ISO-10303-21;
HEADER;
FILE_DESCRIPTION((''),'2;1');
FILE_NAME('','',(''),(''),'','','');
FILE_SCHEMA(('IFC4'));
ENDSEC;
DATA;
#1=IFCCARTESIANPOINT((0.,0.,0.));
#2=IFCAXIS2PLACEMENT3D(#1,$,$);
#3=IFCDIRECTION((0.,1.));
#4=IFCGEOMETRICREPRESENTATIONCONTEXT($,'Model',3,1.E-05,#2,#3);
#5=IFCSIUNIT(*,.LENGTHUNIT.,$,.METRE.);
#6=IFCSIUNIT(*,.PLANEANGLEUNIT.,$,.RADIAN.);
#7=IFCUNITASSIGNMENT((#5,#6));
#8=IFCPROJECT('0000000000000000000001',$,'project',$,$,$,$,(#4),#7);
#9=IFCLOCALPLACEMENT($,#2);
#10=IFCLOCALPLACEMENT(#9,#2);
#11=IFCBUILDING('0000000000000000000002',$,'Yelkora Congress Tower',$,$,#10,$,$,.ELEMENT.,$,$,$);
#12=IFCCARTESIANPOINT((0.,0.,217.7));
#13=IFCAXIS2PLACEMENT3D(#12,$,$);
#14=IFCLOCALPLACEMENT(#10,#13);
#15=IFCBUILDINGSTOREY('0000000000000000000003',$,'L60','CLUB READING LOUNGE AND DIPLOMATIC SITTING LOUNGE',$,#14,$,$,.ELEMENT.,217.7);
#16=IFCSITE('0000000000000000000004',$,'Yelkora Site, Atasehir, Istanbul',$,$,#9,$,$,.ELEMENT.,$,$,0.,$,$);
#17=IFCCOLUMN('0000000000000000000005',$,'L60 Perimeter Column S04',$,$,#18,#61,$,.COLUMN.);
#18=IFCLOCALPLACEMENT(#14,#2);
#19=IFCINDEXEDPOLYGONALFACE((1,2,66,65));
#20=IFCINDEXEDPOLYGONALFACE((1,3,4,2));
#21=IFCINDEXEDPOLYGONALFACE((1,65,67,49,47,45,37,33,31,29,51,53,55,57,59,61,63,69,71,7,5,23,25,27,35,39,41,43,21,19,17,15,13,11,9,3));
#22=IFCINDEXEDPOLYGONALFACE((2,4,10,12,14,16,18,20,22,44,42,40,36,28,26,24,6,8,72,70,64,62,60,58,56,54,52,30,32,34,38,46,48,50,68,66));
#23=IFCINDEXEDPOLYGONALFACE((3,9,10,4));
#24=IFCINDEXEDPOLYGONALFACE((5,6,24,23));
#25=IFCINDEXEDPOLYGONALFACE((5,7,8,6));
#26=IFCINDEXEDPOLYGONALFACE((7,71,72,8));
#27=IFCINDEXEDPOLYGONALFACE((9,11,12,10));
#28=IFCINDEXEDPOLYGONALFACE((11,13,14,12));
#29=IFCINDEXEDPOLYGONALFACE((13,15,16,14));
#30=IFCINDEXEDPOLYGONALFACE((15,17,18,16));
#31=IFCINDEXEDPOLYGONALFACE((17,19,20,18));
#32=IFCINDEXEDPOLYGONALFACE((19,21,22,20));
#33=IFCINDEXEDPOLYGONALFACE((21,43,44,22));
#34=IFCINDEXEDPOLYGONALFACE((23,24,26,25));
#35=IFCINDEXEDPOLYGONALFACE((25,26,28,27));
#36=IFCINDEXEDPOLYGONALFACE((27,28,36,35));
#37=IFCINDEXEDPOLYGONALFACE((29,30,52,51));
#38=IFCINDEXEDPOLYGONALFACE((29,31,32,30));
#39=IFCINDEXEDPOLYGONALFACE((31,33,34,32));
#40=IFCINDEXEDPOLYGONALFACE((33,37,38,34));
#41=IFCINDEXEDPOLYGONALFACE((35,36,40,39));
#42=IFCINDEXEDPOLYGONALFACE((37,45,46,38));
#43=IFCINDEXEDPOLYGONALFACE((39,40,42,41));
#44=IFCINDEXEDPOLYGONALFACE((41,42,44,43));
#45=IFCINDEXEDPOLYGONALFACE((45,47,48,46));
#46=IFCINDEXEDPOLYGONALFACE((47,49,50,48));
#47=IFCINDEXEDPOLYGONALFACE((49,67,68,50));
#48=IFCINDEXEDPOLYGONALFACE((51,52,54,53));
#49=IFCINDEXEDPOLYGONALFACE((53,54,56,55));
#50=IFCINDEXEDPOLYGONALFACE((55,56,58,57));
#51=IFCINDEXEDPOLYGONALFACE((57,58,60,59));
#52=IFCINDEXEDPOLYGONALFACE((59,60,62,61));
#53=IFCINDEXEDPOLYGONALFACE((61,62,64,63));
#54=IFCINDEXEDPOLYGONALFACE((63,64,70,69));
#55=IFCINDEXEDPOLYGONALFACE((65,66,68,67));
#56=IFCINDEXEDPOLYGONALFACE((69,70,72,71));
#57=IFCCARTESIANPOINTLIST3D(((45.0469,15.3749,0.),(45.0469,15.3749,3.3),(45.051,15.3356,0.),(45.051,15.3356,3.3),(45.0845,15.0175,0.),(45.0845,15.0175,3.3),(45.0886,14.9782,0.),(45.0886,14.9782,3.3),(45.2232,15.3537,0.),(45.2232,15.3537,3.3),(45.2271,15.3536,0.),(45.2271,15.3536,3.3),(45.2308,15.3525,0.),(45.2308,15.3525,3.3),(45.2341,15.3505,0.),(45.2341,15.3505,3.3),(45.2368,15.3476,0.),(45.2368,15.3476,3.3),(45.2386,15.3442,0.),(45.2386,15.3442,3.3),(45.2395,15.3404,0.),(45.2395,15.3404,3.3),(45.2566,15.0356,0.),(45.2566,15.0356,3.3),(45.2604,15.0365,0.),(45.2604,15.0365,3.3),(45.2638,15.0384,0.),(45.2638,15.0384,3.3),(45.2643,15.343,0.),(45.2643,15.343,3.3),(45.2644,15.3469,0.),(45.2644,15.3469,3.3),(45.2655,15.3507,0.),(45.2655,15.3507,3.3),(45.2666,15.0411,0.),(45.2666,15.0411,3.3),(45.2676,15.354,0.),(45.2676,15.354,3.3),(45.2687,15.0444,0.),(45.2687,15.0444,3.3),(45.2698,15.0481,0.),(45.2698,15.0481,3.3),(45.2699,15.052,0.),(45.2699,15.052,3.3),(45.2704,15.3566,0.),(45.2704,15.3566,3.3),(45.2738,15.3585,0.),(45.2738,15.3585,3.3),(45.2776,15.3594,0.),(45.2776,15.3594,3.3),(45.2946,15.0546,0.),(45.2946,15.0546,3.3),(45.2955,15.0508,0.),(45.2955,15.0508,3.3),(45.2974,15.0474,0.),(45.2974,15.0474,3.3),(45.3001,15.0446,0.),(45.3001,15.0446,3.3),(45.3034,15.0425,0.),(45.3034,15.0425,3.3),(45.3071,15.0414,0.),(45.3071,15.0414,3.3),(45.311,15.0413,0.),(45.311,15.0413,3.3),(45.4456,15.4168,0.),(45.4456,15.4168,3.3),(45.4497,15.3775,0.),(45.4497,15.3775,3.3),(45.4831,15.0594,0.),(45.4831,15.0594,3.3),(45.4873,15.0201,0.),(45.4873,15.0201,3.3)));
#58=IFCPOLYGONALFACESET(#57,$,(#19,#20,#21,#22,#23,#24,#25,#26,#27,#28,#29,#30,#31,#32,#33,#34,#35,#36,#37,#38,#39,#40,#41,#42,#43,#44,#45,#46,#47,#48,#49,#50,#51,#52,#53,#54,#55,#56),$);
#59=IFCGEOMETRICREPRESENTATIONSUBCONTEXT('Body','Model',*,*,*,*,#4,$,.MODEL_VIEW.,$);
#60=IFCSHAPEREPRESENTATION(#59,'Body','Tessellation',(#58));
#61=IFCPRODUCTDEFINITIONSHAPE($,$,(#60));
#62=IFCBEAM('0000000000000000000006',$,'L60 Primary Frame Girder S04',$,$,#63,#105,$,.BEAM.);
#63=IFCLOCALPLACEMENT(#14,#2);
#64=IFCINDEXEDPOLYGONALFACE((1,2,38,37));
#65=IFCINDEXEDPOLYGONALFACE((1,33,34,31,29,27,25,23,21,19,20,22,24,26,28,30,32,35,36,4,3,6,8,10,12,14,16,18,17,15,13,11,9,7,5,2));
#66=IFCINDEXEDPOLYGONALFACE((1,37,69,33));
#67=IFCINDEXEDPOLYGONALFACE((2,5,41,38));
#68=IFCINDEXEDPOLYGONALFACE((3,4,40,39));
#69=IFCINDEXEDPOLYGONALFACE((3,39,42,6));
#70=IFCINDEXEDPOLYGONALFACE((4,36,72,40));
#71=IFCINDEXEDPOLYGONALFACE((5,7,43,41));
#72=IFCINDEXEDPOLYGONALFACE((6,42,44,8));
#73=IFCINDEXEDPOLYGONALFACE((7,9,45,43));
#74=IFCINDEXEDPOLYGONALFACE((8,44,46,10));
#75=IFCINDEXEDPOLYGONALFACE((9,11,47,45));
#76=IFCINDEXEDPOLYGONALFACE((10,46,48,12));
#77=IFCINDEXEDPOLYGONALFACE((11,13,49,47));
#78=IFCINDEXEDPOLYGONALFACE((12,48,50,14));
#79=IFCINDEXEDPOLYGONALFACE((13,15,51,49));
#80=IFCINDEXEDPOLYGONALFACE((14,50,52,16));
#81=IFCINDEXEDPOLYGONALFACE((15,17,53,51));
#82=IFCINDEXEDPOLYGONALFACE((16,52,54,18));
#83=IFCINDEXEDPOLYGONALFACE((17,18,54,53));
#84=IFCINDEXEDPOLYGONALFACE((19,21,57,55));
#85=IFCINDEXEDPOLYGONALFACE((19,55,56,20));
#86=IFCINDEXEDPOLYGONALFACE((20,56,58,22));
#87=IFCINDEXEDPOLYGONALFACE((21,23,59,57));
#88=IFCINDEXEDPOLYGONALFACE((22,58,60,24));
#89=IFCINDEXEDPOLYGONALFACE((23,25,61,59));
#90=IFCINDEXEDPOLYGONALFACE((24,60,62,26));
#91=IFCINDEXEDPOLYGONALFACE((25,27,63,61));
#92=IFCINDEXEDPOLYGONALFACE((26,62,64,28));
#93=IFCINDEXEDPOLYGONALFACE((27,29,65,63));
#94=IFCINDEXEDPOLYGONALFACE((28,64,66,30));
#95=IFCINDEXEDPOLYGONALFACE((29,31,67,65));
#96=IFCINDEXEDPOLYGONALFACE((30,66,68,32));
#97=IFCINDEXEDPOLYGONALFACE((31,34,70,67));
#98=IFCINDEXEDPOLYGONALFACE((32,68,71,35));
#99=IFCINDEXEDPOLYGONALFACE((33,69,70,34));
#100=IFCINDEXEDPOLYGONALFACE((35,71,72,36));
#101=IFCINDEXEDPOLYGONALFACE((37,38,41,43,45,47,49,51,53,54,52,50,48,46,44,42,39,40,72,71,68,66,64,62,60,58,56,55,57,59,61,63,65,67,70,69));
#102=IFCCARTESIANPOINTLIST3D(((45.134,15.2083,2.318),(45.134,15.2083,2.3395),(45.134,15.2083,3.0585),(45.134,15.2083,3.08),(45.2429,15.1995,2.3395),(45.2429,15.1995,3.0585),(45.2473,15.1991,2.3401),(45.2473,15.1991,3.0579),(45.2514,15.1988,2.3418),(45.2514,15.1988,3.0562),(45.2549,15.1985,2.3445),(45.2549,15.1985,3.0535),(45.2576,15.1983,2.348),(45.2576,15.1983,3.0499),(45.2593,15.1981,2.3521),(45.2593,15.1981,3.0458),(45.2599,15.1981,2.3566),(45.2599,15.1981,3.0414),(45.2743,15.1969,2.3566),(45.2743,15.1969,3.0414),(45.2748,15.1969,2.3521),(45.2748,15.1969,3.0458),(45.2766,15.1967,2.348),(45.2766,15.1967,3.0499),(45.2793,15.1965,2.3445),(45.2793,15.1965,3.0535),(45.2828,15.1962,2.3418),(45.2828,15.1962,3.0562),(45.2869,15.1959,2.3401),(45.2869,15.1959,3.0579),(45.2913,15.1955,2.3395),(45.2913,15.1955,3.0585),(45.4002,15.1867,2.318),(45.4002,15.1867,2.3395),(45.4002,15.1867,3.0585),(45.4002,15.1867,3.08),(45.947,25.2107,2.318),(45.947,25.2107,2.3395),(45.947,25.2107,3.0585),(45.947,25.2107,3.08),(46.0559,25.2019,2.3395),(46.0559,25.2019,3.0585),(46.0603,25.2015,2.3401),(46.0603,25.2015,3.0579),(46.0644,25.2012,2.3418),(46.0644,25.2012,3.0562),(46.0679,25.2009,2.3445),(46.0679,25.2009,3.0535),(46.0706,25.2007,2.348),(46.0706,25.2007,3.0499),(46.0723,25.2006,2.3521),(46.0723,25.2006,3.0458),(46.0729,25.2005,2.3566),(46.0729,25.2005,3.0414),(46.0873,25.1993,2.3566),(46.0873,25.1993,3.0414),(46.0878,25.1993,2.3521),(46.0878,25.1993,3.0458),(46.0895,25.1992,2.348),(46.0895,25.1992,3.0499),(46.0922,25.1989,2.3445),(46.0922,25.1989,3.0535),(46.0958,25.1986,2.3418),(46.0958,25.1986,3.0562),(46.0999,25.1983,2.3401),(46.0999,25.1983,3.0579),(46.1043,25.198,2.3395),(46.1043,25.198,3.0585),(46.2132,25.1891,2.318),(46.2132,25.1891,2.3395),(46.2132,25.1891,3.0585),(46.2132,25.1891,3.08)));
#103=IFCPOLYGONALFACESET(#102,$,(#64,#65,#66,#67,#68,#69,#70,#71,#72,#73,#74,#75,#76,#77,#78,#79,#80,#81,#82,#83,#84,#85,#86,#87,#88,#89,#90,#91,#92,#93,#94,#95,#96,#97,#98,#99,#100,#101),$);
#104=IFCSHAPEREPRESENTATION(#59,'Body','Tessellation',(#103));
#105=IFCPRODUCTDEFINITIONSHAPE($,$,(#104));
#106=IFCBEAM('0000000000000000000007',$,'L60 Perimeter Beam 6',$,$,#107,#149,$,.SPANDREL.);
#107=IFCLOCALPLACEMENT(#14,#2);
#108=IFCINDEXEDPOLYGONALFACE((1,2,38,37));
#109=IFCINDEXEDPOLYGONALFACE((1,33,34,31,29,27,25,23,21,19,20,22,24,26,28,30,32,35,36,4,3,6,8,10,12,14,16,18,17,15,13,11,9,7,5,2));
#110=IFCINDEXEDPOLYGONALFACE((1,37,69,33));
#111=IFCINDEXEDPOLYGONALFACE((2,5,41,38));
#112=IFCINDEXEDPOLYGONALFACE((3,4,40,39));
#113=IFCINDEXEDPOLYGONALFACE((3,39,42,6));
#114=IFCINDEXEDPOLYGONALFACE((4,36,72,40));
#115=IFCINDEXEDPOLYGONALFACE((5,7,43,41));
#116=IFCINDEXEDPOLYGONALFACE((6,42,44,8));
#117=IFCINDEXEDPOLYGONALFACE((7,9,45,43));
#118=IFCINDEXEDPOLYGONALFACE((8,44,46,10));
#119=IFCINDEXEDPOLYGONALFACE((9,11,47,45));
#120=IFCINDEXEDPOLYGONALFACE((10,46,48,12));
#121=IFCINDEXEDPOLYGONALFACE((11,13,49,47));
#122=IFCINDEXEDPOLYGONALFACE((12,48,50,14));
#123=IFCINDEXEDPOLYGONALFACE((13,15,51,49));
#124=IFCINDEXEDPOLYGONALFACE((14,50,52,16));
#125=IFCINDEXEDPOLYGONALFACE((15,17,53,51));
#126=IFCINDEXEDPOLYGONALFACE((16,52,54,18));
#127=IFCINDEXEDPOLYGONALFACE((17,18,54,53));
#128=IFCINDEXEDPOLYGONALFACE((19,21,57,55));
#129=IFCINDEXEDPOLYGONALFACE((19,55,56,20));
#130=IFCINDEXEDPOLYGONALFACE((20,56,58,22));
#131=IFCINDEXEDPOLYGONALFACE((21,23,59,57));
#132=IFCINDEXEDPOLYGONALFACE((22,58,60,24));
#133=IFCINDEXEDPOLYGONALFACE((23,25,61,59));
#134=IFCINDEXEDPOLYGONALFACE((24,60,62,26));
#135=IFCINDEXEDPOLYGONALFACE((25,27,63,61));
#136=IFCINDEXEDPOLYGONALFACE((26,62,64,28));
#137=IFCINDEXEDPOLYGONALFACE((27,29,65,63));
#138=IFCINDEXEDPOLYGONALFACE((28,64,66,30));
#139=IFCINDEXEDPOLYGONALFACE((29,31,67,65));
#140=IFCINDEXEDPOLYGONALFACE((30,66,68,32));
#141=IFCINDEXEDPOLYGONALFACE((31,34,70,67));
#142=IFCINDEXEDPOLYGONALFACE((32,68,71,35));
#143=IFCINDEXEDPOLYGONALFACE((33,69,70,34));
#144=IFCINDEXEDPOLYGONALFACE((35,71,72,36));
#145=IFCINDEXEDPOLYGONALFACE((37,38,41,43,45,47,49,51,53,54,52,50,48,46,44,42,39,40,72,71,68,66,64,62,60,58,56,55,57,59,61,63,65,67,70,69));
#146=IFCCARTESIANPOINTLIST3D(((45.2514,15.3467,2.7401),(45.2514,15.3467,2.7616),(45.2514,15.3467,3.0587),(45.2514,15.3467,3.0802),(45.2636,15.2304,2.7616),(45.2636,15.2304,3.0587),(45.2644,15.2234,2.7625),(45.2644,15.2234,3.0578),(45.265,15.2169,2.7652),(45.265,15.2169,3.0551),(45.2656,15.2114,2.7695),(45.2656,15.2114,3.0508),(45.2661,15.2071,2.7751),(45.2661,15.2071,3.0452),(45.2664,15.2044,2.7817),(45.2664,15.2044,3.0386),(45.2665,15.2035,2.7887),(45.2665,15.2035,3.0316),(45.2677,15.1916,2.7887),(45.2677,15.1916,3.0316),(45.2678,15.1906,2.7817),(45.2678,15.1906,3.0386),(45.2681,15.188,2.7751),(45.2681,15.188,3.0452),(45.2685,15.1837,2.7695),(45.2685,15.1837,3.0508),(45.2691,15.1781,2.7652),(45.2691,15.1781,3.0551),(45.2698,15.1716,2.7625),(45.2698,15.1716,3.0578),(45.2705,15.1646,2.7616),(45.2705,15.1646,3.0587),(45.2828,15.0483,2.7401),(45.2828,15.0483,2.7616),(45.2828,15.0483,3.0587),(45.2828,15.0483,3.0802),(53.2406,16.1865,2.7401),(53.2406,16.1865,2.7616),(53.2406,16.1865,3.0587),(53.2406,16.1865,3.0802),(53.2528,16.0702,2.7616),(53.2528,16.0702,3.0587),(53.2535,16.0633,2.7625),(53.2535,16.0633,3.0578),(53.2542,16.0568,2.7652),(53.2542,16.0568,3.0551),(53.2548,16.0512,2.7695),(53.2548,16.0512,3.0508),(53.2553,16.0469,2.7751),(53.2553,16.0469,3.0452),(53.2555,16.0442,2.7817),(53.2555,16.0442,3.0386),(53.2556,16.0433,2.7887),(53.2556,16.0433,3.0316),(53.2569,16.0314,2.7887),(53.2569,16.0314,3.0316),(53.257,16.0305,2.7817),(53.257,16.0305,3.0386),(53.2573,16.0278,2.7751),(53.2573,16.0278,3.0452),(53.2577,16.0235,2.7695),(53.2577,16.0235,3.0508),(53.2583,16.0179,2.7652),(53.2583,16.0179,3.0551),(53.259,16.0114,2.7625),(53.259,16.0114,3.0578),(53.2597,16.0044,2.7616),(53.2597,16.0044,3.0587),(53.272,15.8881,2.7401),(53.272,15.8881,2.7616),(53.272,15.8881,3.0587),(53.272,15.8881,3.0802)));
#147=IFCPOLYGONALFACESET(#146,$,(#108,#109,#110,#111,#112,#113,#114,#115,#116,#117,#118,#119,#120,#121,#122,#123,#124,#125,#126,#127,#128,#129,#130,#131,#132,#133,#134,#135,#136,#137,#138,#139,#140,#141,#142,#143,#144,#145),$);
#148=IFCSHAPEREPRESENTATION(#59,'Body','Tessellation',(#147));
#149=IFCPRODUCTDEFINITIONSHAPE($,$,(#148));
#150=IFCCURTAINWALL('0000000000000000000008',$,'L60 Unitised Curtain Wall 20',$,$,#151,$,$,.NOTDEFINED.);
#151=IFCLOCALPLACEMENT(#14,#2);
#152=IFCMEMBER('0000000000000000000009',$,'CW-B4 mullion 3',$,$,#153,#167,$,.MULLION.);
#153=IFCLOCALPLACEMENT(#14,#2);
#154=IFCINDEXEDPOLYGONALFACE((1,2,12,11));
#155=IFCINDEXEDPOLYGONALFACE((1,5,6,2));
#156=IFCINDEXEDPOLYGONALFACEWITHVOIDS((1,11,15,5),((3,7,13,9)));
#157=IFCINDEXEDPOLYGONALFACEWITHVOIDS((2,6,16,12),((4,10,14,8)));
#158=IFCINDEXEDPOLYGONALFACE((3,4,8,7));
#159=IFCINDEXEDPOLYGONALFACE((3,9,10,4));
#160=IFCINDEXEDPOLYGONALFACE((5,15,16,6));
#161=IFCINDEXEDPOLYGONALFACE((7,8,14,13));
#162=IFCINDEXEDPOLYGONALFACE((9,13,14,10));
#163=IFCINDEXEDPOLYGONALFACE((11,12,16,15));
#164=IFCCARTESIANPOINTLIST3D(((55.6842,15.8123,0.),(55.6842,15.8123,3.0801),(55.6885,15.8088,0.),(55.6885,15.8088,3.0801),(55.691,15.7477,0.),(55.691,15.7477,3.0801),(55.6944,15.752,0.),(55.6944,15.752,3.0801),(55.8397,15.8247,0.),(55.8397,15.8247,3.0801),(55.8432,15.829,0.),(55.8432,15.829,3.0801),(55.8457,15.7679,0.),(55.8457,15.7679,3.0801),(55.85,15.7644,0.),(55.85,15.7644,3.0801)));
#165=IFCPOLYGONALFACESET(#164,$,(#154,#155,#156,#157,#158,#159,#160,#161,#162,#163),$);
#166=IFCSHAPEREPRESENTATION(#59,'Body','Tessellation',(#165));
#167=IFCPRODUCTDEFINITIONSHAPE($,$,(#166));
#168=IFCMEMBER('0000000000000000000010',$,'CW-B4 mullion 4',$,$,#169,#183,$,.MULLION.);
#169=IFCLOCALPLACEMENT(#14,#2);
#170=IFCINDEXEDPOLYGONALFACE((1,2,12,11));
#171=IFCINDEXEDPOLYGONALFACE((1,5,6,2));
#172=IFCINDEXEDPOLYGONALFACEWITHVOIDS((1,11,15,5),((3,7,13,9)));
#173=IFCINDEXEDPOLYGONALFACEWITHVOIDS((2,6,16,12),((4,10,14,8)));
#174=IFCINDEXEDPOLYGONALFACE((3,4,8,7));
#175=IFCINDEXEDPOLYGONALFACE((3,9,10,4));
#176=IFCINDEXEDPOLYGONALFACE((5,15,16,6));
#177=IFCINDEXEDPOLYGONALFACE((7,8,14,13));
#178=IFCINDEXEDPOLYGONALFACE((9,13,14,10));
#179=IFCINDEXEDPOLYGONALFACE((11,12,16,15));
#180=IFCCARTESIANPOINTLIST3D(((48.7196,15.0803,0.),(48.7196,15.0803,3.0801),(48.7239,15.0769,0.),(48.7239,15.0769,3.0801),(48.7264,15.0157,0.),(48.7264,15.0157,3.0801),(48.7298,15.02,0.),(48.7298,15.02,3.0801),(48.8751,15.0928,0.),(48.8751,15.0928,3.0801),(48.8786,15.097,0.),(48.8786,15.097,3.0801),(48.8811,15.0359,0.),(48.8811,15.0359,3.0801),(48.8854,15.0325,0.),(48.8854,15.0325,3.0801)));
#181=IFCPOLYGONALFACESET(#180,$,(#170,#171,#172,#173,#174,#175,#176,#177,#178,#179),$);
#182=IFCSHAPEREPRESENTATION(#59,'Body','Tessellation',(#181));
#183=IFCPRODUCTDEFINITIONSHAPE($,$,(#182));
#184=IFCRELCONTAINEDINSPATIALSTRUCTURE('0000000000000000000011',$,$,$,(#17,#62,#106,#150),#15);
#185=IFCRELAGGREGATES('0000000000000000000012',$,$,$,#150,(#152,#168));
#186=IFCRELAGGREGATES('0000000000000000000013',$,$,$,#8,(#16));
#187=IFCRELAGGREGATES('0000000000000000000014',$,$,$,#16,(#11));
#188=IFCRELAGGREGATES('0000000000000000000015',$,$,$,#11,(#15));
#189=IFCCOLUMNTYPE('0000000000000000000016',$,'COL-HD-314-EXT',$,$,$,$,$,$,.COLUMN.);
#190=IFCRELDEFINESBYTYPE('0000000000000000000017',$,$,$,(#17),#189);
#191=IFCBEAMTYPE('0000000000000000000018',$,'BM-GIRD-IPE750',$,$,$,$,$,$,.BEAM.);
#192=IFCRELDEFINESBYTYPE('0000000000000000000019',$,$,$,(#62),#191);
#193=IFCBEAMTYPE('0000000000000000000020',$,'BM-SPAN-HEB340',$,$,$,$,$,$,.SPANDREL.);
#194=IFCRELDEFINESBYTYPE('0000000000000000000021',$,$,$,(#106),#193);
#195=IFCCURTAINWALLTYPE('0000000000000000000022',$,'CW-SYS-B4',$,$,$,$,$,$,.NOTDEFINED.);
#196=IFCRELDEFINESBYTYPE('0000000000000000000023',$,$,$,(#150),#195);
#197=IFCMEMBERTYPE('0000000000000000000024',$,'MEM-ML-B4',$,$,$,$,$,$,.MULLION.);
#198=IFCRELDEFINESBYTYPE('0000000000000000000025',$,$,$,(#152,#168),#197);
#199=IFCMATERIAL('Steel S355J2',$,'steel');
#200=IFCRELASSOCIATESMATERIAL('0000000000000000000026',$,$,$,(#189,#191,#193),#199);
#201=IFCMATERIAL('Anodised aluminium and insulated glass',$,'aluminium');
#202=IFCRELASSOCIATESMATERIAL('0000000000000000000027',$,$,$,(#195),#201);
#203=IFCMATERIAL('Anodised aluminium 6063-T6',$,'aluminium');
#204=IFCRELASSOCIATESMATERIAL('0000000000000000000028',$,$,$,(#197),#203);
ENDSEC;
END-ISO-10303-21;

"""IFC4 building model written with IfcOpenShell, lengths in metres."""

from ifc_helpers import new_model, si_unit, direction, frame, origin, origin_2d, place, context, subcontext, project, spatial, hollow_rectangle, i_section, extrude, material, material_profile, profile_set, type_object, element, aggregate, save


model = new_model("IFC4")

# Units and contexts
model_context = context("Model", 3, precision=1e-05, world=origin(), true_north=direction((0.0, 1.0)))
body_context = subcontext(model_context, "Body", "Model", "MODEL_VIEW")
ifc_project = project(units=[si_unit("LENGTHUNIT", "METRE"), si_unit("PLANEANGLEUNIT", "RADIAN")], contexts=[model_context])

# Site, building, storey
site_placement = place(None, origin())
site = spatial("IfcSite", under=ifc_project, at=site_placement, Name="Yelkora Site, Atasehir, Istanbul", CompositionType="ELEMENT", RefElevation=0.0)
building_placement = place(site_placement, origin())
building = spatial("IfcBuilding", under=site, at=building_placement, Name="Yelkora Congress Tower", CompositionType="ELEMENT")
storey_placement = place(building_placement, frame((0.0, 0.0, 217.7)))
storey = spatial("IfcBuildingStorey", under=building, at=storey_placement, Name="L60", Description="CLUB READING LOUNGE AND DIPLOMATIC SITTING LOUNGE", CompositionType="ELEMENT", Elevation=217.7)

# Column
ifc_material_1 = material(Name="Steel S355J2", Category="steel")
ifc_material_profile_1 = material_profile(ifc_material_1, i_section(OverallWidth=0.4009, OverallDepth=0.3989, WebThickness=0.0249, FlangeThickness=0.0396, FilletRadius=0.0149, at=origin_2d()), Name="HD 400x314")
ifc_profile_set_1 = profile_set([ifc_material_profile_1], Name="Steel S355J2")
column_type = type_object("IfcColumnType", Name="COL-HD-314-EXT", PredefinedType="COLUMN", material=ifc_profile_set_1)
column_placement = place(storey_placement, frame((45.2671, 15.1975, 0.0), z_axis=(0.0, 0.0, 1.0), x_axis=(0.994522, 0.104528, 0.0)))
element("IfcColumn", 1, at=column_placement, inside=storey, type_object=column_type, Name="L60 Perimeter Column S04", PredefinedType="COLUMN", context=body_context, shape_type="SweptSolid", body=[
    extrude(i_section(OverallWidth=0.4009, OverallDepth=0.3989, WebThickness=0.0249, FlangeThickness=0.0396, FilletRadius=0.0149, at=origin_2d()), origin(), (0.0, 0.0, 1.0), 3.3),
])

# Beams
ifc_material_profile_2 = material_profile(ifc_material_1, i_section(OverallWidth=0.2671, OverallDepth=0.762, WebThickness=0.0144, FlangeThickness=0.0215, FilletRadius=0.0171, at=origin_2d()), Name="IPE 750x173")
ifc_profile_set_2 = profile_set([ifc_material_profile_2], Name="Steel S355J2")
beam_type_1 = type_object("IfcBeamType", Name="BM-GIRD-IPE750", PredefinedType="BEAM", material=ifc_profile_set_2)
beam_1_placement = place(storey_placement, frame((45.2671, 15.1975, 2.699), z_axis=(0.081012, 0.996713, 0.0), x_axis=(-0.996713, 0.081012, 0.0)))
element("IfcBeam", 2, at=beam_1_placement, inside=storey, type_object=beam_type_1, Name="L60 Primary Frame Girder S04", PredefinedType="BEAM", context=body_context, shape_type="SweptSolid", body=[
    extrude(i_section(OverallWidth=0.2671, OverallDepth=0.762, WebThickness=0.0144, FlangeThickness=0.0215, FilletRadius=0.0171, at=origin_2d()), origin(), (0.0, 0.0, 1.0), 10.0354),
])
ifc_material_profile_3 = material_profile(ifc_material_1, i_section(OverallWidth=0.3, OverallDepth=0.3401, WebThickness=0.012, FlangeThickness=0.0215, FilletRadius=0.0271, at=origin_2d()), Name="HEB 340")
ifc_profile_set_3 = profile_set([ifc_material_profile_3], Name="Steel S355J2")
beam_type_2 = type_object("IfcBeamType", Name="BM-SPAN-HEB340", PredefinedType="SPANDREL", material=ifc_profile_set_3)
beam_2_placement = place(storey_placement, frame((45.2671, 15.1975, 2.9102), z_axis=(0.99452, 0.104546, 0.0), x_axis=(-0.104546, 0.99452, 0.0)))
element("IfcBeam", 3, at=beam_2_placement, inside=storey, type_object=beam_type_2, Name="L60 Perimeter Beam 6", PredefinedType="SPANDREL", context=body_context, shape_type="SweptSolid", body=[
    extrude(i_section(OverallWidth=0.3, OverallDepth=0.3401, WebThickness=0.012, FlangeThickness=0.0215, FilletRadius=0.0271, at=origin_2d()), origin(), (0.0, 0.0, 1.0), 8.0332),
])

# Curtain wall, members
ifc_material_2 = material(Name="Anodised aluminium and insulated glass", Category="aluminium")
curtain_wall_type = type_object("IfcCurtainWallType", Name="CW-SYS-B4", PredefinedType="NOTDEFINED", material=ifc_material_2)
curtain_wall_placement = place(storey_placement, origin())
curtain_wall = element("IfcCurtainWall", 4, at=curtain_wall_placement, inside=storey, type_object=curtain_wall_type, Name="L60 Unitised Curtain Wall 20", PredefinedType="NOTDEFINED")
ifc_material_3 = material(Name="Anodised aluminium 6063-T6", Category="aluminium")
ifc_material_profile_4 = material_profile(ifc_material_3, hollow_rectangle(XDim=0.0649, YDim=0.1599, WallThickness=0.0039, at=origin_2d()), Name="ALU 65x160x4")
ifc_profile_set_4 = profile_set([ifc_material_profile_4], Name="Anodised aluminium 6063-T6")
member_type_1 = type_object("IfcMemberType", Name="MEM-ML-B4", PredefinedType="MULLION", material=ifc_profile_set_4)
member_1_placement = place(storey_placement, frame((55.7671, 15.7883, 0.0), z_axis=(0.0, 0.0, 1.0), x_axis=(0.104527, -0.994522, 0.0)))
member_1 = element("IfcMember", 5, at=member_1_placement, type_object=member_type_1, Name="CW-B4 mullion 3", PredefinedType="MULLION", context=body_context, shape_type="SweptSolid", body=[
    extrude(hollow_rectangle(XDim=0.0649, YDim=0.1599, WallThickness=0.0039, at=origin_2d()), origin(), (0.0, 0.0, 1.0), 3.0801),
])
member_2_placement = place(storey_placement, frame((48.8025, 15.0564, 0.0), z_axis=(0.0, 0.0, 1.0), x_axis=(0.104527, -0.994522, 0.0)))
member_2 = element("IfcMember", 6, at=member_2_placement, type_object=member_type_1, Name="CW-B4 mullion 4", PredefinedType="MULLION", context=body_context, shape_type="SweptSolid", body=[
    extrude(hollow_rectangle(XDim=0.0649, YDim=0.1599, WallThickness=0.0039, at=origin_2d()), origin(), (0.0, 0.0, 1.0), 3.0801),
])
aggregate(curtain_wall, [member_1, member_2])

save(model, "model.ifc")
